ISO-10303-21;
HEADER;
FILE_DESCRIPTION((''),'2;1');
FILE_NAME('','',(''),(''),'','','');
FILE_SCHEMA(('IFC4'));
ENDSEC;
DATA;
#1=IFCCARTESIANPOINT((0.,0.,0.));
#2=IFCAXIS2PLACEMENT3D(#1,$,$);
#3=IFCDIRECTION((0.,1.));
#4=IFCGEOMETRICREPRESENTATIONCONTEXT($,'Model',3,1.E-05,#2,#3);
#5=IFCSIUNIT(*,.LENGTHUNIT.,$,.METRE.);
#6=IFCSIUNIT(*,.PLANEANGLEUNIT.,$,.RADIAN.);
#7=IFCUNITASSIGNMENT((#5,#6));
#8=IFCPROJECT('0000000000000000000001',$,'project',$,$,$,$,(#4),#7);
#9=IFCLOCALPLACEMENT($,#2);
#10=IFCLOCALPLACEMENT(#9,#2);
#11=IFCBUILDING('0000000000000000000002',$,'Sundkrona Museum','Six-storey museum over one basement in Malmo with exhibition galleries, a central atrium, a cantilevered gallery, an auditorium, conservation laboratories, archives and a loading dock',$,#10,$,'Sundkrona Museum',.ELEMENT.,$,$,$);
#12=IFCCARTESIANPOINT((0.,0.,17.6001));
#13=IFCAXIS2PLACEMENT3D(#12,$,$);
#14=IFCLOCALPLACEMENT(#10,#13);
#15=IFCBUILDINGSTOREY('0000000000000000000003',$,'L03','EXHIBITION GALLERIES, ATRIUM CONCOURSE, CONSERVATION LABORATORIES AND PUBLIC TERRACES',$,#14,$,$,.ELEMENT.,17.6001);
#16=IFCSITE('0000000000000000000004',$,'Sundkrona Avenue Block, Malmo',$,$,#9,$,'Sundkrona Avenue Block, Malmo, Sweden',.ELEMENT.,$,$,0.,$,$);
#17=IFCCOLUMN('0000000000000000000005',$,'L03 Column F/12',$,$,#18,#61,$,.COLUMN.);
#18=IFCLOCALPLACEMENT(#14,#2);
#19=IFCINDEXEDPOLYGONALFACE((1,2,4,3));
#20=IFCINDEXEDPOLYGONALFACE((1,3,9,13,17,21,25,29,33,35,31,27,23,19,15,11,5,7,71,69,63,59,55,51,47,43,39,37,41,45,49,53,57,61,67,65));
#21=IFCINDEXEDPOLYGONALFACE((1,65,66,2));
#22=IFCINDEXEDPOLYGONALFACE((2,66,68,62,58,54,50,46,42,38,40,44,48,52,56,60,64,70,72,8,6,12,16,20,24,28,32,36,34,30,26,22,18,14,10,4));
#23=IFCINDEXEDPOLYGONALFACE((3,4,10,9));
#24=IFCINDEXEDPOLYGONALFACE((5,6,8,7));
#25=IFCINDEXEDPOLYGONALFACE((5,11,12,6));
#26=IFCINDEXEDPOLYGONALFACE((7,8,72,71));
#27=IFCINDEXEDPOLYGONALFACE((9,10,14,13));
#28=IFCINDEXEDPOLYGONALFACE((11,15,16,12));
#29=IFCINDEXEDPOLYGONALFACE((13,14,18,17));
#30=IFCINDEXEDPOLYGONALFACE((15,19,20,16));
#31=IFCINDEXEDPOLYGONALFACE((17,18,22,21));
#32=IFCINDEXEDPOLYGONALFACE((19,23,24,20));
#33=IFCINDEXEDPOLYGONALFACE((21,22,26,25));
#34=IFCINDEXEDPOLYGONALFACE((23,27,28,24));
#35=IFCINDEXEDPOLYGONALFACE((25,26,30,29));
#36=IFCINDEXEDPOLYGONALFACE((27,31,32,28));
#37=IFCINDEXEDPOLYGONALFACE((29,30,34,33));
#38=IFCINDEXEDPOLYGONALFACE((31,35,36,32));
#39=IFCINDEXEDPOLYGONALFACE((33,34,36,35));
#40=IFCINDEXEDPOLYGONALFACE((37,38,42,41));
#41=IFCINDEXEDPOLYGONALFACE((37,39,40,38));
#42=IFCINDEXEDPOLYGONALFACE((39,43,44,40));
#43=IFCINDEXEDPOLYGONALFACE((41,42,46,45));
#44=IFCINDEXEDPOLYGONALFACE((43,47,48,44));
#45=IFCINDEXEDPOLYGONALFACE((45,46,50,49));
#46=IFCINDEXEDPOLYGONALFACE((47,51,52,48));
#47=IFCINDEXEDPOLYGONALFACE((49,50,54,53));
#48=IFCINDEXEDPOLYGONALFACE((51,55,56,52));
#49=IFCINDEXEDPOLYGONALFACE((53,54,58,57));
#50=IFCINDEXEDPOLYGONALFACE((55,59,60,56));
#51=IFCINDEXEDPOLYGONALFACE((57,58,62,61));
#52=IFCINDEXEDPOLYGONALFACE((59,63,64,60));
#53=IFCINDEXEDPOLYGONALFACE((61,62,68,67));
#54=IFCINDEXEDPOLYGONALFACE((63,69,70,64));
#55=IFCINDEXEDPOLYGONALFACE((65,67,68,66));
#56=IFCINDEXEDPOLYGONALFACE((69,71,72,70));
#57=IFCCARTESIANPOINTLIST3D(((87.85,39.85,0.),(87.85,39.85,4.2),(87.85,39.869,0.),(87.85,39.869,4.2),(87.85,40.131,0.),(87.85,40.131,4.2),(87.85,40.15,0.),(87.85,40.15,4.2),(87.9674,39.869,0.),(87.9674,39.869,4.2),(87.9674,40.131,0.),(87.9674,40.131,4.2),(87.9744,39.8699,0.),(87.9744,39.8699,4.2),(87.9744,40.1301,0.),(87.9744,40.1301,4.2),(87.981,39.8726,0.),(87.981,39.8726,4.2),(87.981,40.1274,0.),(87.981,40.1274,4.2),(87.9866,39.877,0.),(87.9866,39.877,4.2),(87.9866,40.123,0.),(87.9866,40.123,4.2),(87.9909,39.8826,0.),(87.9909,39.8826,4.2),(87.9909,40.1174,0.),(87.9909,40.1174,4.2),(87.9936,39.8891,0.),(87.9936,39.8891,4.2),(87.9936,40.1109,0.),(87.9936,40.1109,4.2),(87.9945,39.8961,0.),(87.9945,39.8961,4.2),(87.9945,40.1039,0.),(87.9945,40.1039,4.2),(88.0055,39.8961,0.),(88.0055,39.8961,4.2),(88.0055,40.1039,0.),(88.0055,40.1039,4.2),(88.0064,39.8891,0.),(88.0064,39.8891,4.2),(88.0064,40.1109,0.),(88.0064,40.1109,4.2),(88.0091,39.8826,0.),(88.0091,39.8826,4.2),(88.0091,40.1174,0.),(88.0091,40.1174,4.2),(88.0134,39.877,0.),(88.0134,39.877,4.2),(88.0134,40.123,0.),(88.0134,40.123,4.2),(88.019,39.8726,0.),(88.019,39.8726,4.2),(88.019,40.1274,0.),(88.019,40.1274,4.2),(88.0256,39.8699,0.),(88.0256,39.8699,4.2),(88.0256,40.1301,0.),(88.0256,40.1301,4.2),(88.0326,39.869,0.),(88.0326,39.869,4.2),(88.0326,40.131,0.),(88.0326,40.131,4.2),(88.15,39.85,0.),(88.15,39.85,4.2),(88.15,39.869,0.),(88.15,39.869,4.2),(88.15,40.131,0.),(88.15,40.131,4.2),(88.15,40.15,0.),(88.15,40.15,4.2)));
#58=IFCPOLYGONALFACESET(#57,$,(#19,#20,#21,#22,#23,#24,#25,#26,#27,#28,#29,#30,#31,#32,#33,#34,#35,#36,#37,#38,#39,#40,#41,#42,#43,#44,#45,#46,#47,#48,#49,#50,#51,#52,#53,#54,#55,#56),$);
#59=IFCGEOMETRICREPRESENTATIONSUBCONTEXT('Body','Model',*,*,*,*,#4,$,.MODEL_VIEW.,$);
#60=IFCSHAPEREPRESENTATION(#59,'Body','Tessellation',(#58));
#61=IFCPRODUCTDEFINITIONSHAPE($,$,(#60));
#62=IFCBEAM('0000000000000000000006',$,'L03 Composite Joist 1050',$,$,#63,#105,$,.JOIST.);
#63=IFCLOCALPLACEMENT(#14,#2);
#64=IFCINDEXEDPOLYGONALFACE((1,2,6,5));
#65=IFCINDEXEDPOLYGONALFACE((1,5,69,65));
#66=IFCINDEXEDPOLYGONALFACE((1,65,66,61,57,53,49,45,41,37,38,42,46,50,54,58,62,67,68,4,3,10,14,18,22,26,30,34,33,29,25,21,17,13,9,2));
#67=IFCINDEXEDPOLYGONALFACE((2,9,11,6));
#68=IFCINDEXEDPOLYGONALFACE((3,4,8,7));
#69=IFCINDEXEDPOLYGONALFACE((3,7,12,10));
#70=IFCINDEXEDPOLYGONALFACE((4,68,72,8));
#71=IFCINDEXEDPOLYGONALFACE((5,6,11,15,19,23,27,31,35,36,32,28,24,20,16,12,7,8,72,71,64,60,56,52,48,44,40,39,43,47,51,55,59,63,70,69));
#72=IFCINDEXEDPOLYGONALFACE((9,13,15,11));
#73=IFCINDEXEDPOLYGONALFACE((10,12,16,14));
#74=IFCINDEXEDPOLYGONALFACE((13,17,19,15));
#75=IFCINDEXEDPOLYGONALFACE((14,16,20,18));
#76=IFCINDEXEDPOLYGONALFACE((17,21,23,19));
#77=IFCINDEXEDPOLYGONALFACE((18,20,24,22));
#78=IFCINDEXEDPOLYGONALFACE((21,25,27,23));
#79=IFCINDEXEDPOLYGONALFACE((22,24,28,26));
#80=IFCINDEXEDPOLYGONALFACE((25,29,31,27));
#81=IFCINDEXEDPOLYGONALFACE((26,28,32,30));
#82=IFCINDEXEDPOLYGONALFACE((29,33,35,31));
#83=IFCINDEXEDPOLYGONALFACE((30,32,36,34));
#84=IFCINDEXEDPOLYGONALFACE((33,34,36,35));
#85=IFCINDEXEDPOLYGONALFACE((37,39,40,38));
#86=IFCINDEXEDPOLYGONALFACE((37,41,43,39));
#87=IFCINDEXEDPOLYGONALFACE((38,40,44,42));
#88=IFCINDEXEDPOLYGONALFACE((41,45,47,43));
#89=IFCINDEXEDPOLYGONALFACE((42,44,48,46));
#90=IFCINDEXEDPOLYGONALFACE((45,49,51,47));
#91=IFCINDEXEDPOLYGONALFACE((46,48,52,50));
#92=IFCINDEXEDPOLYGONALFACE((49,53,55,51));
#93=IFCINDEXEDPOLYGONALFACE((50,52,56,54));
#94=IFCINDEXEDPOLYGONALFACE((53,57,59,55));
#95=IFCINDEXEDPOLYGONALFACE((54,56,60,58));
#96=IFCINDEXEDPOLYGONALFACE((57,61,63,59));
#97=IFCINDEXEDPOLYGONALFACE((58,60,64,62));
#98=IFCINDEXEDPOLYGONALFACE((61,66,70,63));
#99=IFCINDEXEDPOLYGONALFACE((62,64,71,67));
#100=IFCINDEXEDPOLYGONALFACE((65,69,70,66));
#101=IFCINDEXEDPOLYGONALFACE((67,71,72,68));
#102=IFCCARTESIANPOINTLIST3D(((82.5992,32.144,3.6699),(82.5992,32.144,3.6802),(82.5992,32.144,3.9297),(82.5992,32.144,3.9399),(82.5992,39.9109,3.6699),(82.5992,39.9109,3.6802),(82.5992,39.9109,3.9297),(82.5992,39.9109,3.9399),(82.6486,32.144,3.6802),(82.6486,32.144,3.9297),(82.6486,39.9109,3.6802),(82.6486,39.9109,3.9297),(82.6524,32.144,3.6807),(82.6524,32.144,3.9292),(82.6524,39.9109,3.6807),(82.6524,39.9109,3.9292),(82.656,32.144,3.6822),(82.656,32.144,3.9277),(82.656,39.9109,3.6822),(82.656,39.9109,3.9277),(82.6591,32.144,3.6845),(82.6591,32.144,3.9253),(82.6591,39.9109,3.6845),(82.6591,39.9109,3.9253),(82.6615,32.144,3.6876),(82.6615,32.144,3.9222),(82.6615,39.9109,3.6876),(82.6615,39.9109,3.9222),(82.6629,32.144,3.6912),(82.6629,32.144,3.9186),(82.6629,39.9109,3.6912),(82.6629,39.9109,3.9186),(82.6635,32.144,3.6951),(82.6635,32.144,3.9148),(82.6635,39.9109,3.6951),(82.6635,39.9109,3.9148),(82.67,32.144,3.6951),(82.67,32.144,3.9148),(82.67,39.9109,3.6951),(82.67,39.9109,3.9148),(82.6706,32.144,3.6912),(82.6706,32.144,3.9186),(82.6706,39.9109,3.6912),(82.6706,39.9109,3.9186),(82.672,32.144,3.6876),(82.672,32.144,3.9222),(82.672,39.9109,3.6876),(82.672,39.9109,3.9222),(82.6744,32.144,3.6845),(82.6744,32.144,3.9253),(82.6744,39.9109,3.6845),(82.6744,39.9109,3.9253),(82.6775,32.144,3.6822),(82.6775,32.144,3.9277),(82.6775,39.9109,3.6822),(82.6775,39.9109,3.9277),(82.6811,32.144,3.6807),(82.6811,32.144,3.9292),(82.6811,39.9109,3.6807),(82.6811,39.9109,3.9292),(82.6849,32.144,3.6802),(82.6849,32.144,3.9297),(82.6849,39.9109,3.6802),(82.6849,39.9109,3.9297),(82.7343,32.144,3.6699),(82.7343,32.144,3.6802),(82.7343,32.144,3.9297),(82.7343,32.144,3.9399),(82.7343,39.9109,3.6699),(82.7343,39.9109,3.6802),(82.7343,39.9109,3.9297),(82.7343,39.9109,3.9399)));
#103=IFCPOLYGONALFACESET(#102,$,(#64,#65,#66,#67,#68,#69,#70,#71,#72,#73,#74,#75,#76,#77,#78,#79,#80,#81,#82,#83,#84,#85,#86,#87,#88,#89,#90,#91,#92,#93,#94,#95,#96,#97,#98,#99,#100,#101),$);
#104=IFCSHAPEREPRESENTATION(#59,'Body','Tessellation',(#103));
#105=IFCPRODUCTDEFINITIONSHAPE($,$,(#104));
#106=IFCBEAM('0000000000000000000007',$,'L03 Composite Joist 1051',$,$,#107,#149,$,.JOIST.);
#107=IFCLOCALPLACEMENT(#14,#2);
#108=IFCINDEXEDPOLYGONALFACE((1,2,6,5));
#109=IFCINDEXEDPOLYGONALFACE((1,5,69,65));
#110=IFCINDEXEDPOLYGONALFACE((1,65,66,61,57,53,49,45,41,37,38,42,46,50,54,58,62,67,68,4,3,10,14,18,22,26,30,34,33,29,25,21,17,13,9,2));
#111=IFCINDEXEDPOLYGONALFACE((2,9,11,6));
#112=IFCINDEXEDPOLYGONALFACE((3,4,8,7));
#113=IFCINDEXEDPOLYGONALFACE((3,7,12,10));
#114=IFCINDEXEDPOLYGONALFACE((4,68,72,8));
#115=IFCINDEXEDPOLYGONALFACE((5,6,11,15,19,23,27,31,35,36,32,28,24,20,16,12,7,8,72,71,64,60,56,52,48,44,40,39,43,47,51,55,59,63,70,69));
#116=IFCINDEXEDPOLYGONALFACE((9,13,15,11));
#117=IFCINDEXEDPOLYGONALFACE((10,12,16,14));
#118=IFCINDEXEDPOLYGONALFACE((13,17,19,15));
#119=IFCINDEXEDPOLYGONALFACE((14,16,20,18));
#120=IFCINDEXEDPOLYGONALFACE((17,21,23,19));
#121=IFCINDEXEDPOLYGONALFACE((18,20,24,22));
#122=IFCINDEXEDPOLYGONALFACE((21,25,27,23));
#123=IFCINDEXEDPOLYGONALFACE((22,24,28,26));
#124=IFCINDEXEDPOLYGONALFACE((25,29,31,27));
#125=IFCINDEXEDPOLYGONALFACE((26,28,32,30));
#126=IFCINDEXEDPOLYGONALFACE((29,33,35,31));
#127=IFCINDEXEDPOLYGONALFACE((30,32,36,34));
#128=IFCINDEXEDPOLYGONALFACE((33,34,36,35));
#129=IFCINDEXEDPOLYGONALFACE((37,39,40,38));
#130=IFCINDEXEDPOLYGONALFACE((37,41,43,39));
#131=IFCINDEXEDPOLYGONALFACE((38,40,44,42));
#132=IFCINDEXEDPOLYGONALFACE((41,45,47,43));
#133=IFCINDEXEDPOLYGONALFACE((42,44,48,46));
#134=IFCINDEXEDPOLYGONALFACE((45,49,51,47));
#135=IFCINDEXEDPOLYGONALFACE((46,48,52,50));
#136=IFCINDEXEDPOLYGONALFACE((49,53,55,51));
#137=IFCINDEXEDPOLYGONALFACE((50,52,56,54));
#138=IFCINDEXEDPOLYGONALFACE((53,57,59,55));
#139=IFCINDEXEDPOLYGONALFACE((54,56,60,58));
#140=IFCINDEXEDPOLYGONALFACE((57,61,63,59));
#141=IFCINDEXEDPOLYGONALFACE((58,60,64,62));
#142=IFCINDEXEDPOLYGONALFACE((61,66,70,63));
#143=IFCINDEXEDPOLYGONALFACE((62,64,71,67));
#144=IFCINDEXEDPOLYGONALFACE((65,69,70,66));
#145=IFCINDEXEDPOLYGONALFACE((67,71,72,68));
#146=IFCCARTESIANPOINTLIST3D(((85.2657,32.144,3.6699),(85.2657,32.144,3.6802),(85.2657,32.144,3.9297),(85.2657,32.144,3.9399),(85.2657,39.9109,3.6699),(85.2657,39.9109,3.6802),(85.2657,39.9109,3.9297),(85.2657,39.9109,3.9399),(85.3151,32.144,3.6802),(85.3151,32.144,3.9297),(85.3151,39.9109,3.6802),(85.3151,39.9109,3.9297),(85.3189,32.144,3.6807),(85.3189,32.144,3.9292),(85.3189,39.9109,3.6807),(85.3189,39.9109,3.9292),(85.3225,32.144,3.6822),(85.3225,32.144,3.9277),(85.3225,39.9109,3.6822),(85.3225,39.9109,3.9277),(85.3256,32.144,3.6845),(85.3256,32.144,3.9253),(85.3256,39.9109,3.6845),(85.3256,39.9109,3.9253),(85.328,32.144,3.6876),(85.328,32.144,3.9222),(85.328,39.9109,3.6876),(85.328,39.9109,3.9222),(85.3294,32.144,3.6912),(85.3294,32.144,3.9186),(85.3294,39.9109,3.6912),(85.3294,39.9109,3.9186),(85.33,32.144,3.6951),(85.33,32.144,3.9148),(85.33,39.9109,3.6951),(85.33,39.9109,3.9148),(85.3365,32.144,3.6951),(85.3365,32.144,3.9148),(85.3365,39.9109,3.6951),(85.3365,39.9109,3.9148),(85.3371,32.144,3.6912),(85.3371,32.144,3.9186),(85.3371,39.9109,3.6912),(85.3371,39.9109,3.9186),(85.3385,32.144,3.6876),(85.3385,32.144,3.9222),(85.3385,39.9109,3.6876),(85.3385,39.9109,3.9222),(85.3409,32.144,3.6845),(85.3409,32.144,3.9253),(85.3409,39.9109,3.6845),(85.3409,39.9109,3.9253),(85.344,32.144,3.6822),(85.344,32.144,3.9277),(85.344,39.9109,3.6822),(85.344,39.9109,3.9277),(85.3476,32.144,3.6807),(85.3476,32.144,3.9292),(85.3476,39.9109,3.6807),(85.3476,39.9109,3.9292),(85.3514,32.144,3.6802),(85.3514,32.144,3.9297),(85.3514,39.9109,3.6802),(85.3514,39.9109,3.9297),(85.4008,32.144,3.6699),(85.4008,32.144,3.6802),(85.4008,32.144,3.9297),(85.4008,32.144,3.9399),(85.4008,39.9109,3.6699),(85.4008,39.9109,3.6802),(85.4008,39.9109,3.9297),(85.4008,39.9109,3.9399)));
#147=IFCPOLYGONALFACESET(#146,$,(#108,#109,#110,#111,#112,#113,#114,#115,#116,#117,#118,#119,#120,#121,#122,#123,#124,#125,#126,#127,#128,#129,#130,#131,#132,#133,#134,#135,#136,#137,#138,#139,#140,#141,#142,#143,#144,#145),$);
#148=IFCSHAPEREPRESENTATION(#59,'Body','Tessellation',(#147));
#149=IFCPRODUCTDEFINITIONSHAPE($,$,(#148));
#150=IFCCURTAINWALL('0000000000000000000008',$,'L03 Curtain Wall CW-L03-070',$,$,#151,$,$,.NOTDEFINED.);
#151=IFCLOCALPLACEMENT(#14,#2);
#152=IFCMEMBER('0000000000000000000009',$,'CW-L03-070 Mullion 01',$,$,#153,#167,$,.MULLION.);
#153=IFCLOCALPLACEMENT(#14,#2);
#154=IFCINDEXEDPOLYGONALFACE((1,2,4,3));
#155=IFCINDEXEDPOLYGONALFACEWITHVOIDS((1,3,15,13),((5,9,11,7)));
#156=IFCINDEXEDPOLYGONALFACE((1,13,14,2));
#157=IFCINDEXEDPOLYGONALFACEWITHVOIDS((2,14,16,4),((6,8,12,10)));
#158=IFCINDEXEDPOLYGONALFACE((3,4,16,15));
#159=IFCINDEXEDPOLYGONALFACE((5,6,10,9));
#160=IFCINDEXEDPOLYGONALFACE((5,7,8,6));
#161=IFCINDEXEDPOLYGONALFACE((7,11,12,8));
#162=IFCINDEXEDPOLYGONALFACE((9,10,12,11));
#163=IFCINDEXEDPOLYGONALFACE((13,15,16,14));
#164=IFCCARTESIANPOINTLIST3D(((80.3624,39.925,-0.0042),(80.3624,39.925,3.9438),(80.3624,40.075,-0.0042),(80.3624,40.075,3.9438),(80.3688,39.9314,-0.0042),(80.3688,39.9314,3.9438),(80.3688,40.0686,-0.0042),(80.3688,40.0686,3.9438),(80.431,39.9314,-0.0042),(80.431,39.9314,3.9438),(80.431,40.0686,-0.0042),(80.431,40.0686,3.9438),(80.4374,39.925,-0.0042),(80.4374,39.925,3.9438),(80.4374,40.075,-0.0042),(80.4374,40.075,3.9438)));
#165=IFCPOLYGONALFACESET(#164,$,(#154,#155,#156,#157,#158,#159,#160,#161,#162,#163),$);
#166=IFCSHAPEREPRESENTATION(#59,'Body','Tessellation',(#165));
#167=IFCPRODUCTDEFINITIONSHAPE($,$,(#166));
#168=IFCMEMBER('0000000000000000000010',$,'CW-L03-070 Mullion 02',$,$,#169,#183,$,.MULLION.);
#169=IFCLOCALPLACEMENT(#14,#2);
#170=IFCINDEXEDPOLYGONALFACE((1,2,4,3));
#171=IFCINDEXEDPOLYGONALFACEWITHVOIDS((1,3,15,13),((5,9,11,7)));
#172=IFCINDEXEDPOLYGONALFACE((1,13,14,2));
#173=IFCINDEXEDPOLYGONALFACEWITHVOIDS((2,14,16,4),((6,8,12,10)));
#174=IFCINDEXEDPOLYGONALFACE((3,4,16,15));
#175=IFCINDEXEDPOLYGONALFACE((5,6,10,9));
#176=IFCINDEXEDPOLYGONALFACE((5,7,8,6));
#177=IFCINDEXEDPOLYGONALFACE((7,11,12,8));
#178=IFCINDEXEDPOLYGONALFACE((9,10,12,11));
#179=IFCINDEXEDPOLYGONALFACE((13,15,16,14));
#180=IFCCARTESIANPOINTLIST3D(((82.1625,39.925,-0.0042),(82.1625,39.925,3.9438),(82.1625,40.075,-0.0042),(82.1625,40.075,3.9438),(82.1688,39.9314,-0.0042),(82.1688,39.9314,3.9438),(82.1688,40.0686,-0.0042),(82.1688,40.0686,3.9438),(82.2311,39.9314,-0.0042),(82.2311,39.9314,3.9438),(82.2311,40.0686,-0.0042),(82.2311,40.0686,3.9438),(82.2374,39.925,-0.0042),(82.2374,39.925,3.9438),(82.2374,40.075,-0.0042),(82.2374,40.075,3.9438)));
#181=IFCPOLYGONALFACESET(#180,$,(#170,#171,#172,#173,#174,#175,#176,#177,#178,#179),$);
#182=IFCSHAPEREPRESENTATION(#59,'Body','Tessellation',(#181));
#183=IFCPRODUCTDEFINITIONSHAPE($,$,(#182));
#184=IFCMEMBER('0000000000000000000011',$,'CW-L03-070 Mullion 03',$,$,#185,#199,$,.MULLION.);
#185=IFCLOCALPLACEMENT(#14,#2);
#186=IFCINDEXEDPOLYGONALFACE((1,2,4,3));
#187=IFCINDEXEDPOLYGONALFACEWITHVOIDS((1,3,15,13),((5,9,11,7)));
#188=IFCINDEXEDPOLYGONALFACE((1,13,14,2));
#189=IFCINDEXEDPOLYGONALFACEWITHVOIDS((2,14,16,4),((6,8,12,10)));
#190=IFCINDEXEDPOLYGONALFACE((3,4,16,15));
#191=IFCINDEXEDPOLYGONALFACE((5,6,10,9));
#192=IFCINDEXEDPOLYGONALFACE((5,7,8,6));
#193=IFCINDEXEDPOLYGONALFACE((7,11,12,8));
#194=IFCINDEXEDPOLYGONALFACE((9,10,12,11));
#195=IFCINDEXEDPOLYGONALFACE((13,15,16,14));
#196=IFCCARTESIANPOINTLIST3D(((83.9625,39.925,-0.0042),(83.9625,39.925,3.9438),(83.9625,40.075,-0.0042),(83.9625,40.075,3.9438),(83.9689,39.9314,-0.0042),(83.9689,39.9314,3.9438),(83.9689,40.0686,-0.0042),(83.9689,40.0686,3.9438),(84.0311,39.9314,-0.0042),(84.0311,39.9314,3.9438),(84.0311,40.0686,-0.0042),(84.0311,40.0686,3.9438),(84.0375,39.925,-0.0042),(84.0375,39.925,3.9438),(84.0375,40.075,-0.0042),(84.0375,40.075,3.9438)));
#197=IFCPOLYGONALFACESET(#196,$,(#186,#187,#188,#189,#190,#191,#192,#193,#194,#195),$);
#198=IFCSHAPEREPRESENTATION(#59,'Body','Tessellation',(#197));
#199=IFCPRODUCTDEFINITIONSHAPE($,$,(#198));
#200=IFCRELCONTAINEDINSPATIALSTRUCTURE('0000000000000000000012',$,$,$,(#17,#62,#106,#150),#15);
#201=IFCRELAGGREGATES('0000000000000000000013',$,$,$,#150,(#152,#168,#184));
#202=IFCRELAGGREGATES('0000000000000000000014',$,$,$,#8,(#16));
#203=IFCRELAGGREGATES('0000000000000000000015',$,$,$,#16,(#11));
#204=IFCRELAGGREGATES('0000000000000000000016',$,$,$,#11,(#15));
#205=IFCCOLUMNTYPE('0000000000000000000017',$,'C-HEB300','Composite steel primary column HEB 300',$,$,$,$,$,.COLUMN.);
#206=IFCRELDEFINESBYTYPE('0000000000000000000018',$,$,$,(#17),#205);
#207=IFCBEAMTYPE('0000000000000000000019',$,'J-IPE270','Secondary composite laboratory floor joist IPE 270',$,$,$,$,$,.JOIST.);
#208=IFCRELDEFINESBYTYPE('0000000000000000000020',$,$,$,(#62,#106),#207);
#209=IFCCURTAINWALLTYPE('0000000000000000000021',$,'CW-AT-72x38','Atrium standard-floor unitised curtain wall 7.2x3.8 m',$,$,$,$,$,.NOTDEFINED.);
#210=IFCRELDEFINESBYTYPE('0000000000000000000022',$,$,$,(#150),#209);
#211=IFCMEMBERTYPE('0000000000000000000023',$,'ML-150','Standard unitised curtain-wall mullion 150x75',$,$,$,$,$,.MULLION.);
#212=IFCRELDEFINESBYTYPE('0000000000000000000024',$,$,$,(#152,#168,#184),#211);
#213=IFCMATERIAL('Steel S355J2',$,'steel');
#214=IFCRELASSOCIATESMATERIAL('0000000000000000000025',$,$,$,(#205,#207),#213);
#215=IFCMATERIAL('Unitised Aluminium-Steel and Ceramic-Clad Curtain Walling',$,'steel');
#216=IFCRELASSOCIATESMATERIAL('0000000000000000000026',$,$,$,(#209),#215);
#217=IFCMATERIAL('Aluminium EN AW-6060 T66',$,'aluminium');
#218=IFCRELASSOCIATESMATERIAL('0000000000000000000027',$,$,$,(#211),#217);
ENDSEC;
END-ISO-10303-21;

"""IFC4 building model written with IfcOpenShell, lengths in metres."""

from ifc_helpers import new_model, si_unit, direction, frame, origin, origin_2d, place, context, subcontext, project, spatial, hollow_rectangle, i_section, extrude, material, material_profile, profile_set, type_object, element, aggregate, save


model = new_model("IFC4")

# Units and contexts
model_context = context("Model", 3, precision=1e-05, world=origin(), true_north=direction((0.0, 1.0)))
body_context = subcontext(model_context, "Body", "Model", "MODEL_VIEW")
ifc_project = project(units=[si_unit("LENGTHUNIT", "METRE"), si_unit("PLANEANGLEUNIT", "RADIAN")], contexts=[model_context])

# Site, building, storey
site_placement = place(None, origin())
site = spatial("IfcSite", under=ifc_project, at=site_placement, Name="Sundkrona Avenue Block, Malmo", LongName="Sundkrona Avenue Block, Malmo, Sweden", CompositionType="ELEMENT", RefElevation=0.0)
building_placement = place(site_placement, origin())
building = spatial("IfcBuilding", under=site, at=building_placement, Name="Sundkrona Museum", Description="Six-storey museum over one basement in Malmo with exhibition galleries, a central atrium, a cantilevered gallery, an auditorium, conservation laboratories, archives and a loading dock", LongName="Sundkrona Museum", CompositionType="ELEMENT")
storey_placement = place(building_placement, frame((0.0, 0.0, 17.6001)))
storey = spatial("IfcBuildingStorey", under=building, at=storey_placement, Name="L03", Description="EXHIBITION GALLERIES, ATRIUM CONCOURSE, CONSERVATION LABORATORIES AND PUBLIC TERRACES", CompositionType="ELEMENT", Elevation=17.6001)

# Column
ifc_material_1 = material(Name="Steel S355J2", Category="steel")
ifc_material_profile_1 = material_profile(ifc_material_1, i_section(OverallWidth=0.3, OverallDepth=0.3, WebThickness=0.011, FlangeThickness=0.019, FilletRadius=0.0271, at=origin_2d()), Name="HEB 300")
ifc_profile_set_1 = profile_set([ifc_material_profile_1], Name="Steel S355J2")
column_type = type_object("IfcColumnType", Name="C-HEB300", Description="Composite steel primary column HEB 300", PredefinedType="COLUMN", material=ifc_profile_set_1)
column_placement = place(storey_placement, frame((88.0, 40.0, 0.0), z_axis=(0.0, 0.0, 1.0), x_axis=(1.0, 0.0, 0.0)))
element("IfcColumn", 1, at=column_placement, inside=storey, type_object=column_type, Name="L03 Column F/12", PredefinedType="COLUMN", context=body_context, shape_type="SweptSolid", body=[
    extrude(i_section(OverallWidth=0.3, OverallDepth=0.3, WebThickness=0.011, FlangeThickness=0.019, FilletRadius=0.0271, at=origin_2d()), origin(), (0.0, 0.0, 1.0), 4.2),
])

# Beams
ifc_material_profile_2 = material_profile(ifc_material_1, i_section(OverallWidth=0.135, OverallDepth=0.27, WebThickness=0.0066, FlangeThickness=0.0103, FilletRadius=0.0149, at=origin_2d()), Name="IPE 270")
ifc_profile_set_2 = profile_set([ifc_material_profile_2], Name="Steel S355J2")
beam_type_1 = type_object("IfcBeamType", Name="J-IPE270", Description="Secondary composite laboratory floor joist IPE 270", PredefinedType="JOIST", material=ifc_profile_set_2)
for number, where, z_axis, x_axis, name in (
    (2, (82.6667, 32.144, 3.8049), (0.0, 1.0, 0.0), (-1.0, 0.0, 0.0), "L03 Composite Joist 1050"),
    (3, (85.3333, 32.144, 3.8049), (0.0, 1.0, 0.0), (-1.0, 0.0, 0.0), "L03 Composite Joist 1051"),
):
    element("IfcBeam", number, at=place(storey_placement, frame(where, z_axis=z_axis, x_axis=x_axis)), inside=storey, type_object=beam_type_1, Name=name, PredefinedType="JOIST", context=body_context, shape_type="SweptSolid", body=[
        extrude(i_section(OverallWidth=0.135, OverallDepth=0.27, WebThickness=0.0066, FlangeThickness=0.0103, FilletRadius=0.0149, at=origin_2d()), origin(), (0.0, 0.0, 1.0), 7.7668),
    ])

# Curtain wall, members
ifc_material_2 = material(Name="Unitised Aluminium-Steel and Ceramic-Clad Curtain Walling", Category="steel")
curtain_wall_type = type_object("IfcCurtainWallType", Name="CW-AT-72x38", Description="Atrium standard-floor unitised curtain wall 7.2x3.8 m", PredefinedType="NOTDEFINED", material=ifc_material_2)
curtain_wall_1_placement = place(storey_placement, origin())
curtain_wall_1 = element("IfcCurtainWall", 4, at=curtain_wall_1_placement, inside=storey, type_object=curtain_wall_type, Name="L03 Curtain Wall CW-L03-070", PredefinedType="NOTDEFINED")
ifc_material_3 = material(Name="Aluminium EN AW-6060 T66", Category="aluminium")
ifc_material_profile_3 = material_profile(ifc_material_3, hollow_rectangle(XDim=0.075, YDim=0.1499, WallThickness=0.0063, at=origin_2d()), Name="RHS 150x75x6.3")
ifc_profile_set_3 = profile_set([ifc_material_profile_3], Name="Aluminium EN AW-6060 T66")
member_type_1 = type_object("IfcMemberType", Name="ML-150", Description="Standard unitised curtain-wall mullion 150x75", PredefinedType="MULLION", material=ifc_profile_set_3)
member_1_placement = place(storey_placement, frame((80.3999, 40.0, -0.0042), z_axis=(0.0, 0.0, 1.0), x_axis=(1.0, 0.0, 0.0)))
member_1 = element("IfcMember", 5, at=member_1_placement, type_object=member_type_1, Name="CW-L03-070 Mullion 01", PredefinedType="MULLION", context=body_context, shape_type="SweptSolid", body=[
    extrude(hollow_rectangle(XDim=0.075, YDim=0.1499, WallThickness=0.0063, at=origin_2d()), origin(), (0.0, 0.0, 1.0), 3.948),
])
member_2_placement = place(storey_placement, frame((82.2, 40.0, -0.0042), z_axis=(0.0, 0.0, 1.0), x_axis=(1.0, 0.0, 0.0)))
member_2 = element("IfcMember", 6, at=member_2_placement, type_object=member_type_1, Name="CW-L03-070 Mullion 02", PredefinedType="MULLION", context=body_context, shape_type="SweptSolid", body=[
    extrude(hollow_rectangle(XDim=0.075, YDim=0.1499, WallThickness=0.0063, at=origin_2d()), origin(), (0.0, 0.0, 1.0), 3.948),
])
member_3_placement = place(storey_placement, frame((84.0, 40.0, -0.0042), z_axis=(0.0, 0.0, 1.0), x_axis=(1.0, 0.0, 0.0)))
member_3 = element("IfcMember", 7, at=member_3_placement, type_object=member_type_1, Name="CW-L03-070 Mullion 03", PredefinedType="MULLION", context=body_context, shape_type="SweptSolid", body=[
    extrude(hollow_rectangle(XDim=0.075, YDim=0.1499, WallThickness=0.0063, at=origin_2d()), origin(), (0.0, 0.0, 1.0), 3.948),
])

aggregate(curtain_wall_1, [member_1, member_2, member_3])

save(model, "model.ifc")
